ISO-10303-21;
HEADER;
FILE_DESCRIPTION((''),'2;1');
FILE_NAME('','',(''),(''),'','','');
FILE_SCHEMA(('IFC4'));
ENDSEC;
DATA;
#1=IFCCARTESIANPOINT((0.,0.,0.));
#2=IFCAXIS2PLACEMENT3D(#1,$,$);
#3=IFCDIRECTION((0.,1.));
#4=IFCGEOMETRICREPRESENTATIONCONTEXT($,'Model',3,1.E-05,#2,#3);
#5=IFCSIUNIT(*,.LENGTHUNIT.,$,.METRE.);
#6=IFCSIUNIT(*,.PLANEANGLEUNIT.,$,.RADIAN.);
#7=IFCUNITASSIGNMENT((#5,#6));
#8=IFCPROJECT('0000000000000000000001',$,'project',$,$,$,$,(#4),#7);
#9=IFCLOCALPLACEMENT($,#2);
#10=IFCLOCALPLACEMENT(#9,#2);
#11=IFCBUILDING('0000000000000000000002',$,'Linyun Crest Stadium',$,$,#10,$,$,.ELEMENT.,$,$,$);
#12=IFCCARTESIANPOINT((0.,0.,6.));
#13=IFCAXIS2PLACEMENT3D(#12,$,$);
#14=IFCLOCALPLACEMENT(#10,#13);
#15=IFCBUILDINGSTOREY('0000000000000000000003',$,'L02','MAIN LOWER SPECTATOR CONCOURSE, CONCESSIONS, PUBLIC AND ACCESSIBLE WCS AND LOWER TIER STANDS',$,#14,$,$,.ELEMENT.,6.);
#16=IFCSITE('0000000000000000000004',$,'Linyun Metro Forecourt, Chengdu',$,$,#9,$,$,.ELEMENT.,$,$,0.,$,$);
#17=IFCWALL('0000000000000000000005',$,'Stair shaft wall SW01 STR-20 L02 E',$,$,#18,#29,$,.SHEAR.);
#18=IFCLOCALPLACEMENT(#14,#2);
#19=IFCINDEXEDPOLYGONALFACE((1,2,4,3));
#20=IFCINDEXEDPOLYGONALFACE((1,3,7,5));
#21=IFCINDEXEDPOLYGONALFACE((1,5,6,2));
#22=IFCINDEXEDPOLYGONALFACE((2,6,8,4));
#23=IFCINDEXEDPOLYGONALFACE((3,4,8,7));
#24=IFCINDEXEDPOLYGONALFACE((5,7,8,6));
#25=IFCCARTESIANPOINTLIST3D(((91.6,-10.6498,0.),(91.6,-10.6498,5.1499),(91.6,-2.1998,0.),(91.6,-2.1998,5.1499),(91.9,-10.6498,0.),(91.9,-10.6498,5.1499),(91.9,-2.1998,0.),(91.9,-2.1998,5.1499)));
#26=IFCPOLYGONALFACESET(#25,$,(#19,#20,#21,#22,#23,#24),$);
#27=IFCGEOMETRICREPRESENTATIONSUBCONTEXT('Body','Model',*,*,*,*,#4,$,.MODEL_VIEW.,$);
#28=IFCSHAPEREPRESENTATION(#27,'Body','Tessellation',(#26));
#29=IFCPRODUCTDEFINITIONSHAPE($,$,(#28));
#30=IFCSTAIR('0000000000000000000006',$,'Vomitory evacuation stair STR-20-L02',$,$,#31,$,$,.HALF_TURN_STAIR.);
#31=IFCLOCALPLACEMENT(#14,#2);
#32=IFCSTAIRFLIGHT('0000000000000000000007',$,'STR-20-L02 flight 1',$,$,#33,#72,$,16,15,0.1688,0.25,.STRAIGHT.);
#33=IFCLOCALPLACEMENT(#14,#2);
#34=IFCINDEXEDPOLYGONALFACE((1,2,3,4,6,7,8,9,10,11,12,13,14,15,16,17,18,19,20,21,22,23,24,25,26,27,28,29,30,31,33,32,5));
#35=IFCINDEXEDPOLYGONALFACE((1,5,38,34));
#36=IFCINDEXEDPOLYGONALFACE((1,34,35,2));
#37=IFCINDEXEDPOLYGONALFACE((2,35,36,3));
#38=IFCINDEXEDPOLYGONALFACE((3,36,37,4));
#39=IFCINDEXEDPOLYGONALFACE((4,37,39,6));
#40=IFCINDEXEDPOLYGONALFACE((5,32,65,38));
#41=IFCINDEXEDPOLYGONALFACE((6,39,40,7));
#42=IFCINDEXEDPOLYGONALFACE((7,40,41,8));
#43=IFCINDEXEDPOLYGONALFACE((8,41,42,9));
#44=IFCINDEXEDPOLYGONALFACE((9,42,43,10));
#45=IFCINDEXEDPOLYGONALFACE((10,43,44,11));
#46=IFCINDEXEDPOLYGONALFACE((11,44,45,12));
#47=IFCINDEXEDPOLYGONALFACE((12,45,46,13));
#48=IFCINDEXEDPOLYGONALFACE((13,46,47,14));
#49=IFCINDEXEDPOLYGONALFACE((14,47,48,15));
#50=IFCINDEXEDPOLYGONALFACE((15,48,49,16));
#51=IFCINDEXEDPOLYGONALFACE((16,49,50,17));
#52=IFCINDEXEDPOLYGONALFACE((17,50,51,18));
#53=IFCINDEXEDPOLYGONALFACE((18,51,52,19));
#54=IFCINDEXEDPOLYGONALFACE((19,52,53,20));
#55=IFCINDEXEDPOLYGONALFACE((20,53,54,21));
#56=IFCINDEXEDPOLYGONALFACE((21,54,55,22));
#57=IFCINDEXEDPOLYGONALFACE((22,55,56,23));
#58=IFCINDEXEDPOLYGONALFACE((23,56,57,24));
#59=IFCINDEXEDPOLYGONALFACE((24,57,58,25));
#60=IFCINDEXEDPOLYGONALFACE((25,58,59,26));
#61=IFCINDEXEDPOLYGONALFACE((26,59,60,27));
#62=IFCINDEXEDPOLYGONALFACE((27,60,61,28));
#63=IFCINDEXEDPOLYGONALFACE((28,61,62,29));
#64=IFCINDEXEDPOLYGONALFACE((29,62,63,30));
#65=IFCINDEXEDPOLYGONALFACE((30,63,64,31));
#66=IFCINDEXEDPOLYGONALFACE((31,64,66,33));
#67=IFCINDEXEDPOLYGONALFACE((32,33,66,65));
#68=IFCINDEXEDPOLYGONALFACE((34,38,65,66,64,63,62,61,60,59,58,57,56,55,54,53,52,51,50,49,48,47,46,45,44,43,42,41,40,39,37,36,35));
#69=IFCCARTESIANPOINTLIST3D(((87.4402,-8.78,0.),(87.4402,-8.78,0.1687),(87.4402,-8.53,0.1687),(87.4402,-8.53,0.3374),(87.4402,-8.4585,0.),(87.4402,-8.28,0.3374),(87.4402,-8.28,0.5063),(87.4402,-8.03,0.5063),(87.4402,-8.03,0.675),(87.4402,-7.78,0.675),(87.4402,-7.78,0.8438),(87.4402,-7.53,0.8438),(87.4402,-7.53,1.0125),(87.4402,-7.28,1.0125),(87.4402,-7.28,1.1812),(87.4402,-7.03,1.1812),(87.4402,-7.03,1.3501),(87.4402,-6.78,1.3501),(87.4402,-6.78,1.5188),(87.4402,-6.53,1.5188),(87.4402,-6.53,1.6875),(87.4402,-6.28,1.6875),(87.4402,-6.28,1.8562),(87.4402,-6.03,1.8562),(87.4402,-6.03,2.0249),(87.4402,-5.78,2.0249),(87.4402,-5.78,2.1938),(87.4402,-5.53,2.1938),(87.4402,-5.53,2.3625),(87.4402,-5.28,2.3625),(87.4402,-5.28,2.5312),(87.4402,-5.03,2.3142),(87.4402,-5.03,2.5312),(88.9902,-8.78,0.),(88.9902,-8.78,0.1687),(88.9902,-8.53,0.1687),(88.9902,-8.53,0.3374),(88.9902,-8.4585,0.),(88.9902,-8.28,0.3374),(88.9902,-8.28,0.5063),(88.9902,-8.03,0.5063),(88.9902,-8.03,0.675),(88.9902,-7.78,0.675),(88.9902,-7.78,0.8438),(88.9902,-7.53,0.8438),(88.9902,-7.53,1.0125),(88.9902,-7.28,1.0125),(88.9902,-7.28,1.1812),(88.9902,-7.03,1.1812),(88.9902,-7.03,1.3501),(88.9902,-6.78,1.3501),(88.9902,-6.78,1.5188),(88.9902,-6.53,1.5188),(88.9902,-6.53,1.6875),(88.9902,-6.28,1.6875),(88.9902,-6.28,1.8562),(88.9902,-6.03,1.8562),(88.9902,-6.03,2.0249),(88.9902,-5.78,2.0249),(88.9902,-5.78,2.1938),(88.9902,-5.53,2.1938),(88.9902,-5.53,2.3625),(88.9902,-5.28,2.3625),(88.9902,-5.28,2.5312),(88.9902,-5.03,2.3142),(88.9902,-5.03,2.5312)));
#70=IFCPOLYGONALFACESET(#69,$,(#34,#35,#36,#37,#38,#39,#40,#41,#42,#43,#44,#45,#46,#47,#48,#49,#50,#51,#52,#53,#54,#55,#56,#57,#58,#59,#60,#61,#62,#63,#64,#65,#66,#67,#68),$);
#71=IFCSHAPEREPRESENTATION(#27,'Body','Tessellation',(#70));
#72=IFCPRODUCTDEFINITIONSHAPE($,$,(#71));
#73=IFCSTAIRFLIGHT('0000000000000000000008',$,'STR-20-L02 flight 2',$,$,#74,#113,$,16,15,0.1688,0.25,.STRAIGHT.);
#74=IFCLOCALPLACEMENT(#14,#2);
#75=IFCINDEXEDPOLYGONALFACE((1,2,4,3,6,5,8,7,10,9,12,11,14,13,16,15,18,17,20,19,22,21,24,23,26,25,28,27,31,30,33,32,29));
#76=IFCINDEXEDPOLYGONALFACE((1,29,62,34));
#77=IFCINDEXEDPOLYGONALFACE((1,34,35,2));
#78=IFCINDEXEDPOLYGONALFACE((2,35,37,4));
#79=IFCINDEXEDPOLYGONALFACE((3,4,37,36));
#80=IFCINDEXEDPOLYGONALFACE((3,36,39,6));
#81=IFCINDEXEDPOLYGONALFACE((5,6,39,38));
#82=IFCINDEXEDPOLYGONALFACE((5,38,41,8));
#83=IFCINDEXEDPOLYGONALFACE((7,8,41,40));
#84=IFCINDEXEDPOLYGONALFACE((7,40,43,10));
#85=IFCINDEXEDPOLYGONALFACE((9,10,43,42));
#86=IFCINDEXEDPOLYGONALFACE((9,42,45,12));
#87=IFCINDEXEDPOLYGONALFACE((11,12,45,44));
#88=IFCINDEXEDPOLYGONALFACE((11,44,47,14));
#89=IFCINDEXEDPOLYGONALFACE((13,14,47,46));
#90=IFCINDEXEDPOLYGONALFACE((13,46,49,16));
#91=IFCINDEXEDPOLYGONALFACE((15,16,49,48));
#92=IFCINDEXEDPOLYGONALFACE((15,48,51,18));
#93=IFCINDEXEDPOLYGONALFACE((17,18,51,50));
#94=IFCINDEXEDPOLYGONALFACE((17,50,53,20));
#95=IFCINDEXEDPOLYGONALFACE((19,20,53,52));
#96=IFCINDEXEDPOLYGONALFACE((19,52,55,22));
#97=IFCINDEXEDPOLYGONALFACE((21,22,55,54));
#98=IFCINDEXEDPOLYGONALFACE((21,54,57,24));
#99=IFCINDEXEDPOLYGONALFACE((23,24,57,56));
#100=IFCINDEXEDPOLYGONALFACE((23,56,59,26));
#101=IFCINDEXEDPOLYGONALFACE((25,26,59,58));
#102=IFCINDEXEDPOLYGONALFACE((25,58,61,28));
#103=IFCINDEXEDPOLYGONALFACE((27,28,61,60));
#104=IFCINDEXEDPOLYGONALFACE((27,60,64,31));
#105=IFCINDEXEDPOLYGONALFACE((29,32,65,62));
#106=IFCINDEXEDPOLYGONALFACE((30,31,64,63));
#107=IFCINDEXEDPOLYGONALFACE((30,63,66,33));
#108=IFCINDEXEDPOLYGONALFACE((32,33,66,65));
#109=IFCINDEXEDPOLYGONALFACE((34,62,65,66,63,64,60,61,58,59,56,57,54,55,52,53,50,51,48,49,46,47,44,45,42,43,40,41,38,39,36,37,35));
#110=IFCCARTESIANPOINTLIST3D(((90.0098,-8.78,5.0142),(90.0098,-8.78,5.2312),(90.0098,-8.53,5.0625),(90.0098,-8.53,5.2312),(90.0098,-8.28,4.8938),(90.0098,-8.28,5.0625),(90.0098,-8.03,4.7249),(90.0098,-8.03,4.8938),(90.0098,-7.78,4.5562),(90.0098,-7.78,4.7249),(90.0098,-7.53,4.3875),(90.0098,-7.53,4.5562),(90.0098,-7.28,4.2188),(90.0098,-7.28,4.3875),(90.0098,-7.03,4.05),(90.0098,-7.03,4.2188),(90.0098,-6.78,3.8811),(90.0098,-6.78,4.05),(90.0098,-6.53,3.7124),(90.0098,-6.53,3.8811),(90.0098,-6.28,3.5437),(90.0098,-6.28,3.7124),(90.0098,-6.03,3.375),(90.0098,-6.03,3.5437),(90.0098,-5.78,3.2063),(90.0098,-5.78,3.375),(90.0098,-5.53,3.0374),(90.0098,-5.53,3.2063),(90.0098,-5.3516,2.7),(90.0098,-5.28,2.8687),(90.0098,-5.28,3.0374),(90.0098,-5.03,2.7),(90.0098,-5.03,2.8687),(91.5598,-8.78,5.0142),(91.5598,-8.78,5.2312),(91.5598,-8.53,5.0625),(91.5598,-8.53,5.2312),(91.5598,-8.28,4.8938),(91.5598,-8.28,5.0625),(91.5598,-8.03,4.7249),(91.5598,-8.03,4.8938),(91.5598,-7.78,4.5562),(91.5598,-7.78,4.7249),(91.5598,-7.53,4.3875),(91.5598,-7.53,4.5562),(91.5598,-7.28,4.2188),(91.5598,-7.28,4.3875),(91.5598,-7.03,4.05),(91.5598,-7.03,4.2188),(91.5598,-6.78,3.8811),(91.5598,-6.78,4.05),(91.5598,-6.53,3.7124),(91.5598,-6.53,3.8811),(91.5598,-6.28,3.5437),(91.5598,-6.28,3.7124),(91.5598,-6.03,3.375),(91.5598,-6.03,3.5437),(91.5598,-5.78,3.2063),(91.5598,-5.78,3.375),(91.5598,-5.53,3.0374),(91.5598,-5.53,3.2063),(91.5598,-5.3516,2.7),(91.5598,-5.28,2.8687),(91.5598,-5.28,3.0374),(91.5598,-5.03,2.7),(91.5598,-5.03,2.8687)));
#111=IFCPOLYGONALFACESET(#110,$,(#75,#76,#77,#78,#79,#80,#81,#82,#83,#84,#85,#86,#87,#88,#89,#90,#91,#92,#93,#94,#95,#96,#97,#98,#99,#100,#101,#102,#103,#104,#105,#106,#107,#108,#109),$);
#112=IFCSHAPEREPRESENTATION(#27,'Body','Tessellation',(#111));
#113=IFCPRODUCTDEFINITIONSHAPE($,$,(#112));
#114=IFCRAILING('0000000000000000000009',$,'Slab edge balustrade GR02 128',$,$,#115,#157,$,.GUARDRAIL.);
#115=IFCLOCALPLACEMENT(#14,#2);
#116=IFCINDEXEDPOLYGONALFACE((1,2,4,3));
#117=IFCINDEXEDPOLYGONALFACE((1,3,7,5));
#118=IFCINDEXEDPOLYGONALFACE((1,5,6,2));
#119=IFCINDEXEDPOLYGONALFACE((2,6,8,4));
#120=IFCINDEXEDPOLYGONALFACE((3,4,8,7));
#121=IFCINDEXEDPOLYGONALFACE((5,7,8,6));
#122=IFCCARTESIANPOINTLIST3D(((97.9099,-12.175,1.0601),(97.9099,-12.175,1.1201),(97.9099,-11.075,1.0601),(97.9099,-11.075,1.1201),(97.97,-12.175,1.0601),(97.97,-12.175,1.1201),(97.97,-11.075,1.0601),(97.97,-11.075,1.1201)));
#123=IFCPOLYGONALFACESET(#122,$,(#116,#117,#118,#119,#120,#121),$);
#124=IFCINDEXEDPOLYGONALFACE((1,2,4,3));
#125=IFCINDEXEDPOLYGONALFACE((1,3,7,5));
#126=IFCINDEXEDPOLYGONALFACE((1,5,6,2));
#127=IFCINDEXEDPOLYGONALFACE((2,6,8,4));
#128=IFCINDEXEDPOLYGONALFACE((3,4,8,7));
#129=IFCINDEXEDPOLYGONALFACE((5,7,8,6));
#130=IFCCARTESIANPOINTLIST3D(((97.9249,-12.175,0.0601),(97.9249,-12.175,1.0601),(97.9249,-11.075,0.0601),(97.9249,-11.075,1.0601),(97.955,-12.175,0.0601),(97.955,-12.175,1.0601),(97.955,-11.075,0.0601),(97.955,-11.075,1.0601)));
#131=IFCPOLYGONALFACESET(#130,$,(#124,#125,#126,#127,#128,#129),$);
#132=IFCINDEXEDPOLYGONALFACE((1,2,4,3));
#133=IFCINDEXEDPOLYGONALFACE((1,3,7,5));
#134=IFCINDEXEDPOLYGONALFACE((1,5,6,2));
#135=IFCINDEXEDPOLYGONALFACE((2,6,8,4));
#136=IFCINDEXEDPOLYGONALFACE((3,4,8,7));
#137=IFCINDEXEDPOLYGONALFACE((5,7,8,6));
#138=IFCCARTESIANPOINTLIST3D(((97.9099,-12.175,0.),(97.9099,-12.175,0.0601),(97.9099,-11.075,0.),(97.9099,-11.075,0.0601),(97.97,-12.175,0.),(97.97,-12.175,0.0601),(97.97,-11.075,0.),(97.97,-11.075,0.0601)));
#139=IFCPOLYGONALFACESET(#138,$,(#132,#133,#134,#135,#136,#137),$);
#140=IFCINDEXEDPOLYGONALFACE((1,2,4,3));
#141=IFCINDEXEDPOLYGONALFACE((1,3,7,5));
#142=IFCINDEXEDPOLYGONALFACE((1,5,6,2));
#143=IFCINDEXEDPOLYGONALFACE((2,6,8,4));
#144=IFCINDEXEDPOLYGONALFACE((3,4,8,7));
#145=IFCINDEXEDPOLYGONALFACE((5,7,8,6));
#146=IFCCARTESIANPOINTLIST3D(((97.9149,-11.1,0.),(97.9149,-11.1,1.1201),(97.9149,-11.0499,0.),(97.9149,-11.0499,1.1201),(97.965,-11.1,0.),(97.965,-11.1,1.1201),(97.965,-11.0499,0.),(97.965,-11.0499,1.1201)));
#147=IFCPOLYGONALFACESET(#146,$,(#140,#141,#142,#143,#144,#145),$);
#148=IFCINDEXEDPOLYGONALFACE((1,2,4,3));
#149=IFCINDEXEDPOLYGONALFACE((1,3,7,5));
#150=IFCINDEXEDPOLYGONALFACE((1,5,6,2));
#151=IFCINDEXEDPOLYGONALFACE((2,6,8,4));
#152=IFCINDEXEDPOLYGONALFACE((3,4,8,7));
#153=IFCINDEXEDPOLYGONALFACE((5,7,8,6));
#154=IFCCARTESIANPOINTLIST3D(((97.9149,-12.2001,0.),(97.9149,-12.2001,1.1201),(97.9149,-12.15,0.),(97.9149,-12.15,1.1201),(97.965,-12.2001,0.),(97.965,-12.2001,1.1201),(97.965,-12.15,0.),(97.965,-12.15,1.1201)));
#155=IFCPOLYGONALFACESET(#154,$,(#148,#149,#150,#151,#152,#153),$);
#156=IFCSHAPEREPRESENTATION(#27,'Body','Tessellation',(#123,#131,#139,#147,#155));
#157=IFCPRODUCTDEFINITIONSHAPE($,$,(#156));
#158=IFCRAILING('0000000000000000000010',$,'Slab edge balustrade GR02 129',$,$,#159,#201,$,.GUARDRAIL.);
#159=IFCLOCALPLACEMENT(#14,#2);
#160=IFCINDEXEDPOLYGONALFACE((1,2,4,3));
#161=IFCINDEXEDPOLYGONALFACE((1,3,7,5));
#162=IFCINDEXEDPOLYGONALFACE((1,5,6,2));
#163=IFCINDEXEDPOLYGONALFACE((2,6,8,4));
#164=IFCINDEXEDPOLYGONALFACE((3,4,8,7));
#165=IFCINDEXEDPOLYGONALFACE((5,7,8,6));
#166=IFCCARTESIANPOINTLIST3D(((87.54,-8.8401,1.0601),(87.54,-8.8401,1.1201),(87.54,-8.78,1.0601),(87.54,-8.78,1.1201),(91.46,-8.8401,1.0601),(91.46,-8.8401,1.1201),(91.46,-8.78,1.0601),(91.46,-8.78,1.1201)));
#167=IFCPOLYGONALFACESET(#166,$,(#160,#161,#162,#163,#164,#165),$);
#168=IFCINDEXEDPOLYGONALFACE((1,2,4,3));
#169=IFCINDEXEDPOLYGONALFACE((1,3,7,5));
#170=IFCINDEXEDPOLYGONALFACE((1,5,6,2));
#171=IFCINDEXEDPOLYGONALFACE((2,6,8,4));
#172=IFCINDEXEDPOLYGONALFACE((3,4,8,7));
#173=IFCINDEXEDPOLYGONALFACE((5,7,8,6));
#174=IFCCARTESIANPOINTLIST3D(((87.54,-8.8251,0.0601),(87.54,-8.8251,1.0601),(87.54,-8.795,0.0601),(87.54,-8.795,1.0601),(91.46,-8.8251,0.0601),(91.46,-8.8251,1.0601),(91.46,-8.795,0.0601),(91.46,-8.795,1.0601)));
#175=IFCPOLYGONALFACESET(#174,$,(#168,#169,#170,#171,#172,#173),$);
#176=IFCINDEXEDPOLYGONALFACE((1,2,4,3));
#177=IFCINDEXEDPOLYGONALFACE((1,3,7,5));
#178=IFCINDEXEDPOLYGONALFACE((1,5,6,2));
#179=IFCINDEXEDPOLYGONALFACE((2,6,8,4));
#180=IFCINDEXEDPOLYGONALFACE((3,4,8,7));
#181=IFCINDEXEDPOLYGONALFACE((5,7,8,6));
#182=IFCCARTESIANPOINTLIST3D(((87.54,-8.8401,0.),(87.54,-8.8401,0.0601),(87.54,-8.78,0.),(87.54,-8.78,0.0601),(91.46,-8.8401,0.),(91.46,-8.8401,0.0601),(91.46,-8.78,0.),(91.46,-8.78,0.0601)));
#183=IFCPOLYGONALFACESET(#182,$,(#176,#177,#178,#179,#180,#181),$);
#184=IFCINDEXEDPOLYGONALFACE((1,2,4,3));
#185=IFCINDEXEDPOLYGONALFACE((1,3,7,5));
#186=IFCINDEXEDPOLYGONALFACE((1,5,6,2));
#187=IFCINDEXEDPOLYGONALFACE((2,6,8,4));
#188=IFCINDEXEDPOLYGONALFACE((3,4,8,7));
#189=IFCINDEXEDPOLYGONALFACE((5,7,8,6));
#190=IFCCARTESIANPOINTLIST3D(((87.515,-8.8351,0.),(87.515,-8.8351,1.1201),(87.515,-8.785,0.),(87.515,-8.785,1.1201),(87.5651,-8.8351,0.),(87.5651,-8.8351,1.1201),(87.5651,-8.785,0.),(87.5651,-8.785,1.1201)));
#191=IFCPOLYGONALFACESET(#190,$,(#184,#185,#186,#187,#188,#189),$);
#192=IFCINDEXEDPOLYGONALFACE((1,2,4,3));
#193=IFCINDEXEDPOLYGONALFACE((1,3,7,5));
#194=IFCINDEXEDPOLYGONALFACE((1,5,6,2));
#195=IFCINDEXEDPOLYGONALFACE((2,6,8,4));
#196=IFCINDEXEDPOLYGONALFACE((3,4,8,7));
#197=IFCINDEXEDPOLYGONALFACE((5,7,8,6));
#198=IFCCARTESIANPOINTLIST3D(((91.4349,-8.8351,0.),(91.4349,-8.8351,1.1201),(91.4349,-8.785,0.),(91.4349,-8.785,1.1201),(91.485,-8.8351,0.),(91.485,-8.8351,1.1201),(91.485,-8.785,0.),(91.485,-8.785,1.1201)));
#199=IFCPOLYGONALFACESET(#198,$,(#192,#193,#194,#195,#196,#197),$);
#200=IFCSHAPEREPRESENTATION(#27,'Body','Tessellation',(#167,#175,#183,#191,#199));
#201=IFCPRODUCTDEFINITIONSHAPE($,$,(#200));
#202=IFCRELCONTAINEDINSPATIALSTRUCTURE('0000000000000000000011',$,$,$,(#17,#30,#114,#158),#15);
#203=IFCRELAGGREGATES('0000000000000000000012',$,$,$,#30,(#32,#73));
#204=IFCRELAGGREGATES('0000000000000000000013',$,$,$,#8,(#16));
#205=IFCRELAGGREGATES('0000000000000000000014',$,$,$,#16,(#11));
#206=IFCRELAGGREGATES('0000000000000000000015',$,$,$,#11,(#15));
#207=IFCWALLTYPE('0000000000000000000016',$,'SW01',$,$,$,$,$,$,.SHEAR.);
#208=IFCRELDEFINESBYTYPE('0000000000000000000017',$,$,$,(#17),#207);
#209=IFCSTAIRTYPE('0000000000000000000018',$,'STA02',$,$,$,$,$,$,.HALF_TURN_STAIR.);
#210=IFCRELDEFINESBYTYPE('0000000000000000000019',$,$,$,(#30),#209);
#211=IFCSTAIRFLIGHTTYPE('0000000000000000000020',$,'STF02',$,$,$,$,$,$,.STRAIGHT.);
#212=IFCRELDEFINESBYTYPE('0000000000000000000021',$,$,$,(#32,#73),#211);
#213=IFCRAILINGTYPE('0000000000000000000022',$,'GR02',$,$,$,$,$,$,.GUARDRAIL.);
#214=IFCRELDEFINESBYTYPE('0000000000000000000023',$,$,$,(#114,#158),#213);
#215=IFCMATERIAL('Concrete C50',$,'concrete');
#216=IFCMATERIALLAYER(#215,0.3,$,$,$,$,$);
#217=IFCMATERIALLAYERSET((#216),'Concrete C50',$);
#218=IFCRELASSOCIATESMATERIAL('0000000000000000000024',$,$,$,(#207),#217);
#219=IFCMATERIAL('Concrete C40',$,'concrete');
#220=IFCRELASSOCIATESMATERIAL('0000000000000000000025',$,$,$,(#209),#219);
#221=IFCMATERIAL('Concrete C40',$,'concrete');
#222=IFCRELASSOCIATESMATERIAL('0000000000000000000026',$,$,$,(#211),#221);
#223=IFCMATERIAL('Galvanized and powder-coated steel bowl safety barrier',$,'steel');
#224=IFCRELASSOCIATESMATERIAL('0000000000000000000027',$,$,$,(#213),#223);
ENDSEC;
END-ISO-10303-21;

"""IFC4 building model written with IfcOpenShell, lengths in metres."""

from ifc_helpers import new_model, si_unit, direction, frame, frame_2d, origin, origin_2d, place, context, subcontext, project, spatial, polyline, rectangle, outline, extrude, material, layer, layer_set, type_object, element, aggregate, save


model = new_model("IFC4")

# Units and contexts
model_context = context("Model", 3, precision=1e-05, world=origin(), true_north=direction((0.0, 1.0)))
body_context = subcontext(model_context, "Body", "Model", "MODEL_VIEW")
ifc_project = project(units=[si_unit("LENGTHUNIT", "METRE"), si_unit("PLANEANGLEUNIT", "RADIAN")], contexts=[model_context])

# Site, building, storey
site_placement = place(None, origin())
site = spatial("IfcSite", under=ifc_project, at=site_placement, Name="Linyun Metro Forecourt, Chengdu", CompositionType="ELEMENT", RefElevation=0.0)
building_placement = place(site_placement, origin())
building = spatial("IfcBuilding", under=site, at=building_placement, Name="Linyun Crest Stadium", CompositionType="ELEMENT")
storey_placement = place(building_placement, frame((0.0, 0.0, 6.0)))
storey = spatial("IfcBuildingStorey", under=building, at=storey_placement, Name="L02", Description="MAIN LOWER SPECTATOR CONCOURSE, CONCESSIONS, PUBLIC AND ACCESSIBLE WCS AND LOWER TIER STANDS", CompositionType="ELEMENT", Elevation=6.0)

# Shared definitions
ifc_material_1 = material(Name="Concrete C50", Category="concrete")
ifc_layer_1 = layer(ifc_material_1, 0.3)
ifc_layer_set_1 = layer_set([ifc_layer_1], Name="Concrete C50")
wall_type = type_object("IfcWallType", Name="SW01", PredefinedType="SHEAR", material=ifc_layer_set_1)

# Wall
for number, where, z_axis, x_axis, name in (
    (1, (91.75, -10.6499, 0.0), (0.0, 0.0, 1.0), (0.0, 1.0, 0.0), "Stair shaft wall SW01 STR-20 L02 E"),
):
    element("IfcWall", number, at=place(storey_placement, frame(where, z_axis=z_axis, x_axis=x_axis)), inside=storey, type_object=wall_type, Name=name, PredefinedType="SHEAR", context=body_context, shape_type="SweptSolid", body=[
        extrude(rectangle(XDim=8.45, YDim=0.3, at=frame_2d((4.2251, 0.0))), origin(), (0.0, 0.0, 1.0), 5.1499),
    ])

# Stair, stair flights
ifc_material_2 = material(Name="Concrete C40", Category="concrete")
stair_type = type_object("IfcStairType", Name="STA02", PredefinedType="HALF_TURN_STAIR", material=ifc_material_2)
stair_placement = place(storey_placement, origin())
stair = element("IfcStair", 2, at=stair_placement, inside=storey, type_object=stair_type, Name="Vomitory evacuation stair STR-20-L02", PredefinedType="HALF_TURN_STAIR")
ifc_material_3 = material(Name="Concrete C40", Category="concrete")
stair_flight_type = type_object("IfcStairFlightType", Name="STF02", PredefinedType="STRAIGHT", material=ifc_material_3)
stair_flight_1_placement = place(storey_placement, frame((88.2151, -8.78, 0.0), z_axis=(0.0, 0.0, 1.0), x_axis=(0.0, 1.0, 0.0)))
stair_flight_1 = element("IfcStairFlight", 3, at=stair_flight_1_placement, type_object=stair_flight_type, Name="STR-20-L02 flight 1", NumberOfRisers=16, NumberOfTreads=15, PredefinedType="STRAIGHT", RiserHeight=0.1688, TreadLength=0.25, context=body_context, shape_type="SweptSolid", body=[
    extrude(outline(polyline([(0.0, 0.0), (0.0, 0.1687), (0.25, 0.1687), (0.25, 0.3374), (0.5, 0.3374), (0.5, 0.5063), (0.75, 0.5063), (0.75, 0.675), (1.0, 0.675), (1.0, 0.8438), (1.25, 0.8438), (1.25, 1.0125), (1.5, 1.0125), (1.5, 1.1812), (1.75, 1.1812), (1.75, 1.3501), (2.0, 1.3501), (2.0, 1.5188), (2.25, 1.5188), (2.25, 1.6875), (2.5, 1.6875), (2.5, 1.8562), (2.75, 1.8562), (2.75, 2.0249), (3.0, 2.0249), (3.0, 2.1938), (3.25, 2.1938), (3.25, 2.3625), (3.5, 2.3625), (3.5, 2.5312), (3.75, 2.5312), (3.75, 2.7), (3.75, 2.3142), (0.3215, 0.0), (0.0, 0.0)])), frame((0.0, 0.7749, 0.0), z_axis=(0.0, -1.0, 0.0), x_axis=(1.0, 0.0, 0.0)), (0.0, 0.0, 1.0), 1.55),
])
stair_flight_2_placement = place(storey_placement, frame((90.7849, -5.03, 2.7), z_axis=(0.0, 0.0, 1.0), x_axis=(0.0, -1.0, 0.0)))
stair_flight_2 = element("IfcStairFlight", 4, at=stair_flight_2_placement, type_object=stair_flight_type, Name="STR-20-L02 flight 2", NumberOfRisers=16, NumberOfTreads=15, PredefinedType="STRAIGHT", RiserHeight=0.1688, TreadLength=0.25, context=body_context, shape_type="SweptSolid", body=[
    extrude(outline(polyline([(0.0, 0.0), (0.0, 0.1687), (0.25, 0.1687), (0.25, 0.3374), (0.5, 0.3374), (0.5, 0.5063), (0.75, 0.5063), (0.75, 0.675), (1.0, 0.675), (1.0, 0.8438), (1.25, 0.8438), (1.25, 1.0125), (1.5, 1.0125), (1.5, 1.1812), (1.75, 1.1812), (1.75, 1.3501), (2.0, 1.3501), (2.0, 1.5188), (2.25, 1.5188), (2.25, 1.6875), (2.5, 1.6875), (2.5, 1.8562), (2.75, 1.8562), (2.75, 2.0249), (3.0, 2.0249), (3.0, 2.1938), (3.25, 2.1938), (3.25, 2.3625), (3.5, 2.3625), (3.5, 2.5312), (3.75, 2.5312), (3.75, 2.7), (3.75, 2.3142), (0.3215, 0.0), (0.0, 0.0)])), frame((0.0, 0.7749, 0.0), z_axis=(0.0, -1.0, 0.0), x_axis=(1.0, 0.0, 0.0)), (0.0, 0.0, 1.0), 1.55),
])
aggregate(stair, [stair_flight_1, stair_flight_2])

# Railings
ifc_material_4 = material(Name="Galvanized and powder-coated steel bowl safety barrier", Category="steel")
railing_type_1 = type_object("IfcRailingType", Name="GR02", PredefinedType="GUARDRAIL", material=ifc_material_4)
railing_1_placement = place(storey_placement, frame((97.9399, -11.075, 0.0)))
element("IfcRailing", 5, at=railing_1_placement, inside=storey, type_object=railing_type_1, Name="Slab edge balustrade GR02 128", PredefinedType="GUARDRAIL", context=body_context, shape_type="SweptSolid", body=[
    extrude(rectangle(XDim=0.0601, YDim=0.0601, at=origin_2d()), frame((0.0, 0.0, 1.0901), z_axis=(0.0, -1.0, 0.0), x_axis=(1.0, 0.0, 0.0)), (0.0, 0.0, 1.0), 1.1001),
    extrude(rectangle(XDim=0.03, YDim=1.0, at=origin_2d()), frame((0.0, 0.0, 0.5601), z_axis=(0.0, -1.0, 0.0), x_axis=(1.0, 0.0, 0.0)), (0.0, 0.0, 1.0), 1.1001),
    extrude(rectangle(XDim=0.0601, YDim=0.0601, at=origin_2d()), frame((0.0, 0.0, 0.03), z_axis=(0.0, -1.0, 0.0), x_axis=(1.0, 0.0, 0.0)), (0.0, 0.0, 1.0), 1.1001),
    extrude(rectangle(XDim=0.05, YDim=0.05, at=origin_2d()), origin(), (0.0, 0.0, 1.0), 1.1201),
    extrude(rectangle(XDim=0.05, YDim=0.05, at=origin_2d()), frame((0.0, -1.1001, 0.0)), (0.0, 0.0, 1.0), 1.1201),
])
railing_2_placement = place(storey_placement, frame((87.54, -8.8101, 0.0)))
element("IfcRailing", 6, at=railing_2_placement, inside=storey, type_object=railing_type_1, Name="Slab edge balustrade GR02 129", PredefinedType="GUARDRAIL", context=body_context, shape_type="SweptSolid", body=[
    extrude(rectangle(XDim=0.0601, YDim=0.0601, at=origin_2d()), frame((0.0, 0.0, 1.0901), z_axis=(1.0, 0.0, 0.0), x_axis=(0.0, 1.0, 0.0)), (0.0, 0.0, 1.0), 3.9199),
    extrude(rectangle(XDim=0.03, YDim=1.0, at=origin_2d()), frame((0.0, 0.0, 0.5601), z_axis=(1.0, 0.0, 0.0), x_axis=(0.0, 1.0, 0.0)), (0.0, 0.0, 1.0), 3.9199),
    extrude(rectangle(XDim=0.0601, YDim=0.0601, at=origin_2d()), frame((0.0, 0.0, 0.03), z_axis=(1.0, 0.0, 0.0), x_axis=(0.0, 1.0, 0.0)), (0.0, 0.0, 1.0), 3.9199),
    extrude(rectangle(XDim=0.05, YDim=0.05, at=origin_2d()), origin(), (0.0, 0.0, 1.0), 1.1201),
    extrude(rectangle(XDim=0.05, YDim=0.05, at=origin_2d()), frame((3.9199, 0.0, 0.0)), (0.0, 0.0, 1.0), 1.1201),
])

save(model, "model.ifc")
